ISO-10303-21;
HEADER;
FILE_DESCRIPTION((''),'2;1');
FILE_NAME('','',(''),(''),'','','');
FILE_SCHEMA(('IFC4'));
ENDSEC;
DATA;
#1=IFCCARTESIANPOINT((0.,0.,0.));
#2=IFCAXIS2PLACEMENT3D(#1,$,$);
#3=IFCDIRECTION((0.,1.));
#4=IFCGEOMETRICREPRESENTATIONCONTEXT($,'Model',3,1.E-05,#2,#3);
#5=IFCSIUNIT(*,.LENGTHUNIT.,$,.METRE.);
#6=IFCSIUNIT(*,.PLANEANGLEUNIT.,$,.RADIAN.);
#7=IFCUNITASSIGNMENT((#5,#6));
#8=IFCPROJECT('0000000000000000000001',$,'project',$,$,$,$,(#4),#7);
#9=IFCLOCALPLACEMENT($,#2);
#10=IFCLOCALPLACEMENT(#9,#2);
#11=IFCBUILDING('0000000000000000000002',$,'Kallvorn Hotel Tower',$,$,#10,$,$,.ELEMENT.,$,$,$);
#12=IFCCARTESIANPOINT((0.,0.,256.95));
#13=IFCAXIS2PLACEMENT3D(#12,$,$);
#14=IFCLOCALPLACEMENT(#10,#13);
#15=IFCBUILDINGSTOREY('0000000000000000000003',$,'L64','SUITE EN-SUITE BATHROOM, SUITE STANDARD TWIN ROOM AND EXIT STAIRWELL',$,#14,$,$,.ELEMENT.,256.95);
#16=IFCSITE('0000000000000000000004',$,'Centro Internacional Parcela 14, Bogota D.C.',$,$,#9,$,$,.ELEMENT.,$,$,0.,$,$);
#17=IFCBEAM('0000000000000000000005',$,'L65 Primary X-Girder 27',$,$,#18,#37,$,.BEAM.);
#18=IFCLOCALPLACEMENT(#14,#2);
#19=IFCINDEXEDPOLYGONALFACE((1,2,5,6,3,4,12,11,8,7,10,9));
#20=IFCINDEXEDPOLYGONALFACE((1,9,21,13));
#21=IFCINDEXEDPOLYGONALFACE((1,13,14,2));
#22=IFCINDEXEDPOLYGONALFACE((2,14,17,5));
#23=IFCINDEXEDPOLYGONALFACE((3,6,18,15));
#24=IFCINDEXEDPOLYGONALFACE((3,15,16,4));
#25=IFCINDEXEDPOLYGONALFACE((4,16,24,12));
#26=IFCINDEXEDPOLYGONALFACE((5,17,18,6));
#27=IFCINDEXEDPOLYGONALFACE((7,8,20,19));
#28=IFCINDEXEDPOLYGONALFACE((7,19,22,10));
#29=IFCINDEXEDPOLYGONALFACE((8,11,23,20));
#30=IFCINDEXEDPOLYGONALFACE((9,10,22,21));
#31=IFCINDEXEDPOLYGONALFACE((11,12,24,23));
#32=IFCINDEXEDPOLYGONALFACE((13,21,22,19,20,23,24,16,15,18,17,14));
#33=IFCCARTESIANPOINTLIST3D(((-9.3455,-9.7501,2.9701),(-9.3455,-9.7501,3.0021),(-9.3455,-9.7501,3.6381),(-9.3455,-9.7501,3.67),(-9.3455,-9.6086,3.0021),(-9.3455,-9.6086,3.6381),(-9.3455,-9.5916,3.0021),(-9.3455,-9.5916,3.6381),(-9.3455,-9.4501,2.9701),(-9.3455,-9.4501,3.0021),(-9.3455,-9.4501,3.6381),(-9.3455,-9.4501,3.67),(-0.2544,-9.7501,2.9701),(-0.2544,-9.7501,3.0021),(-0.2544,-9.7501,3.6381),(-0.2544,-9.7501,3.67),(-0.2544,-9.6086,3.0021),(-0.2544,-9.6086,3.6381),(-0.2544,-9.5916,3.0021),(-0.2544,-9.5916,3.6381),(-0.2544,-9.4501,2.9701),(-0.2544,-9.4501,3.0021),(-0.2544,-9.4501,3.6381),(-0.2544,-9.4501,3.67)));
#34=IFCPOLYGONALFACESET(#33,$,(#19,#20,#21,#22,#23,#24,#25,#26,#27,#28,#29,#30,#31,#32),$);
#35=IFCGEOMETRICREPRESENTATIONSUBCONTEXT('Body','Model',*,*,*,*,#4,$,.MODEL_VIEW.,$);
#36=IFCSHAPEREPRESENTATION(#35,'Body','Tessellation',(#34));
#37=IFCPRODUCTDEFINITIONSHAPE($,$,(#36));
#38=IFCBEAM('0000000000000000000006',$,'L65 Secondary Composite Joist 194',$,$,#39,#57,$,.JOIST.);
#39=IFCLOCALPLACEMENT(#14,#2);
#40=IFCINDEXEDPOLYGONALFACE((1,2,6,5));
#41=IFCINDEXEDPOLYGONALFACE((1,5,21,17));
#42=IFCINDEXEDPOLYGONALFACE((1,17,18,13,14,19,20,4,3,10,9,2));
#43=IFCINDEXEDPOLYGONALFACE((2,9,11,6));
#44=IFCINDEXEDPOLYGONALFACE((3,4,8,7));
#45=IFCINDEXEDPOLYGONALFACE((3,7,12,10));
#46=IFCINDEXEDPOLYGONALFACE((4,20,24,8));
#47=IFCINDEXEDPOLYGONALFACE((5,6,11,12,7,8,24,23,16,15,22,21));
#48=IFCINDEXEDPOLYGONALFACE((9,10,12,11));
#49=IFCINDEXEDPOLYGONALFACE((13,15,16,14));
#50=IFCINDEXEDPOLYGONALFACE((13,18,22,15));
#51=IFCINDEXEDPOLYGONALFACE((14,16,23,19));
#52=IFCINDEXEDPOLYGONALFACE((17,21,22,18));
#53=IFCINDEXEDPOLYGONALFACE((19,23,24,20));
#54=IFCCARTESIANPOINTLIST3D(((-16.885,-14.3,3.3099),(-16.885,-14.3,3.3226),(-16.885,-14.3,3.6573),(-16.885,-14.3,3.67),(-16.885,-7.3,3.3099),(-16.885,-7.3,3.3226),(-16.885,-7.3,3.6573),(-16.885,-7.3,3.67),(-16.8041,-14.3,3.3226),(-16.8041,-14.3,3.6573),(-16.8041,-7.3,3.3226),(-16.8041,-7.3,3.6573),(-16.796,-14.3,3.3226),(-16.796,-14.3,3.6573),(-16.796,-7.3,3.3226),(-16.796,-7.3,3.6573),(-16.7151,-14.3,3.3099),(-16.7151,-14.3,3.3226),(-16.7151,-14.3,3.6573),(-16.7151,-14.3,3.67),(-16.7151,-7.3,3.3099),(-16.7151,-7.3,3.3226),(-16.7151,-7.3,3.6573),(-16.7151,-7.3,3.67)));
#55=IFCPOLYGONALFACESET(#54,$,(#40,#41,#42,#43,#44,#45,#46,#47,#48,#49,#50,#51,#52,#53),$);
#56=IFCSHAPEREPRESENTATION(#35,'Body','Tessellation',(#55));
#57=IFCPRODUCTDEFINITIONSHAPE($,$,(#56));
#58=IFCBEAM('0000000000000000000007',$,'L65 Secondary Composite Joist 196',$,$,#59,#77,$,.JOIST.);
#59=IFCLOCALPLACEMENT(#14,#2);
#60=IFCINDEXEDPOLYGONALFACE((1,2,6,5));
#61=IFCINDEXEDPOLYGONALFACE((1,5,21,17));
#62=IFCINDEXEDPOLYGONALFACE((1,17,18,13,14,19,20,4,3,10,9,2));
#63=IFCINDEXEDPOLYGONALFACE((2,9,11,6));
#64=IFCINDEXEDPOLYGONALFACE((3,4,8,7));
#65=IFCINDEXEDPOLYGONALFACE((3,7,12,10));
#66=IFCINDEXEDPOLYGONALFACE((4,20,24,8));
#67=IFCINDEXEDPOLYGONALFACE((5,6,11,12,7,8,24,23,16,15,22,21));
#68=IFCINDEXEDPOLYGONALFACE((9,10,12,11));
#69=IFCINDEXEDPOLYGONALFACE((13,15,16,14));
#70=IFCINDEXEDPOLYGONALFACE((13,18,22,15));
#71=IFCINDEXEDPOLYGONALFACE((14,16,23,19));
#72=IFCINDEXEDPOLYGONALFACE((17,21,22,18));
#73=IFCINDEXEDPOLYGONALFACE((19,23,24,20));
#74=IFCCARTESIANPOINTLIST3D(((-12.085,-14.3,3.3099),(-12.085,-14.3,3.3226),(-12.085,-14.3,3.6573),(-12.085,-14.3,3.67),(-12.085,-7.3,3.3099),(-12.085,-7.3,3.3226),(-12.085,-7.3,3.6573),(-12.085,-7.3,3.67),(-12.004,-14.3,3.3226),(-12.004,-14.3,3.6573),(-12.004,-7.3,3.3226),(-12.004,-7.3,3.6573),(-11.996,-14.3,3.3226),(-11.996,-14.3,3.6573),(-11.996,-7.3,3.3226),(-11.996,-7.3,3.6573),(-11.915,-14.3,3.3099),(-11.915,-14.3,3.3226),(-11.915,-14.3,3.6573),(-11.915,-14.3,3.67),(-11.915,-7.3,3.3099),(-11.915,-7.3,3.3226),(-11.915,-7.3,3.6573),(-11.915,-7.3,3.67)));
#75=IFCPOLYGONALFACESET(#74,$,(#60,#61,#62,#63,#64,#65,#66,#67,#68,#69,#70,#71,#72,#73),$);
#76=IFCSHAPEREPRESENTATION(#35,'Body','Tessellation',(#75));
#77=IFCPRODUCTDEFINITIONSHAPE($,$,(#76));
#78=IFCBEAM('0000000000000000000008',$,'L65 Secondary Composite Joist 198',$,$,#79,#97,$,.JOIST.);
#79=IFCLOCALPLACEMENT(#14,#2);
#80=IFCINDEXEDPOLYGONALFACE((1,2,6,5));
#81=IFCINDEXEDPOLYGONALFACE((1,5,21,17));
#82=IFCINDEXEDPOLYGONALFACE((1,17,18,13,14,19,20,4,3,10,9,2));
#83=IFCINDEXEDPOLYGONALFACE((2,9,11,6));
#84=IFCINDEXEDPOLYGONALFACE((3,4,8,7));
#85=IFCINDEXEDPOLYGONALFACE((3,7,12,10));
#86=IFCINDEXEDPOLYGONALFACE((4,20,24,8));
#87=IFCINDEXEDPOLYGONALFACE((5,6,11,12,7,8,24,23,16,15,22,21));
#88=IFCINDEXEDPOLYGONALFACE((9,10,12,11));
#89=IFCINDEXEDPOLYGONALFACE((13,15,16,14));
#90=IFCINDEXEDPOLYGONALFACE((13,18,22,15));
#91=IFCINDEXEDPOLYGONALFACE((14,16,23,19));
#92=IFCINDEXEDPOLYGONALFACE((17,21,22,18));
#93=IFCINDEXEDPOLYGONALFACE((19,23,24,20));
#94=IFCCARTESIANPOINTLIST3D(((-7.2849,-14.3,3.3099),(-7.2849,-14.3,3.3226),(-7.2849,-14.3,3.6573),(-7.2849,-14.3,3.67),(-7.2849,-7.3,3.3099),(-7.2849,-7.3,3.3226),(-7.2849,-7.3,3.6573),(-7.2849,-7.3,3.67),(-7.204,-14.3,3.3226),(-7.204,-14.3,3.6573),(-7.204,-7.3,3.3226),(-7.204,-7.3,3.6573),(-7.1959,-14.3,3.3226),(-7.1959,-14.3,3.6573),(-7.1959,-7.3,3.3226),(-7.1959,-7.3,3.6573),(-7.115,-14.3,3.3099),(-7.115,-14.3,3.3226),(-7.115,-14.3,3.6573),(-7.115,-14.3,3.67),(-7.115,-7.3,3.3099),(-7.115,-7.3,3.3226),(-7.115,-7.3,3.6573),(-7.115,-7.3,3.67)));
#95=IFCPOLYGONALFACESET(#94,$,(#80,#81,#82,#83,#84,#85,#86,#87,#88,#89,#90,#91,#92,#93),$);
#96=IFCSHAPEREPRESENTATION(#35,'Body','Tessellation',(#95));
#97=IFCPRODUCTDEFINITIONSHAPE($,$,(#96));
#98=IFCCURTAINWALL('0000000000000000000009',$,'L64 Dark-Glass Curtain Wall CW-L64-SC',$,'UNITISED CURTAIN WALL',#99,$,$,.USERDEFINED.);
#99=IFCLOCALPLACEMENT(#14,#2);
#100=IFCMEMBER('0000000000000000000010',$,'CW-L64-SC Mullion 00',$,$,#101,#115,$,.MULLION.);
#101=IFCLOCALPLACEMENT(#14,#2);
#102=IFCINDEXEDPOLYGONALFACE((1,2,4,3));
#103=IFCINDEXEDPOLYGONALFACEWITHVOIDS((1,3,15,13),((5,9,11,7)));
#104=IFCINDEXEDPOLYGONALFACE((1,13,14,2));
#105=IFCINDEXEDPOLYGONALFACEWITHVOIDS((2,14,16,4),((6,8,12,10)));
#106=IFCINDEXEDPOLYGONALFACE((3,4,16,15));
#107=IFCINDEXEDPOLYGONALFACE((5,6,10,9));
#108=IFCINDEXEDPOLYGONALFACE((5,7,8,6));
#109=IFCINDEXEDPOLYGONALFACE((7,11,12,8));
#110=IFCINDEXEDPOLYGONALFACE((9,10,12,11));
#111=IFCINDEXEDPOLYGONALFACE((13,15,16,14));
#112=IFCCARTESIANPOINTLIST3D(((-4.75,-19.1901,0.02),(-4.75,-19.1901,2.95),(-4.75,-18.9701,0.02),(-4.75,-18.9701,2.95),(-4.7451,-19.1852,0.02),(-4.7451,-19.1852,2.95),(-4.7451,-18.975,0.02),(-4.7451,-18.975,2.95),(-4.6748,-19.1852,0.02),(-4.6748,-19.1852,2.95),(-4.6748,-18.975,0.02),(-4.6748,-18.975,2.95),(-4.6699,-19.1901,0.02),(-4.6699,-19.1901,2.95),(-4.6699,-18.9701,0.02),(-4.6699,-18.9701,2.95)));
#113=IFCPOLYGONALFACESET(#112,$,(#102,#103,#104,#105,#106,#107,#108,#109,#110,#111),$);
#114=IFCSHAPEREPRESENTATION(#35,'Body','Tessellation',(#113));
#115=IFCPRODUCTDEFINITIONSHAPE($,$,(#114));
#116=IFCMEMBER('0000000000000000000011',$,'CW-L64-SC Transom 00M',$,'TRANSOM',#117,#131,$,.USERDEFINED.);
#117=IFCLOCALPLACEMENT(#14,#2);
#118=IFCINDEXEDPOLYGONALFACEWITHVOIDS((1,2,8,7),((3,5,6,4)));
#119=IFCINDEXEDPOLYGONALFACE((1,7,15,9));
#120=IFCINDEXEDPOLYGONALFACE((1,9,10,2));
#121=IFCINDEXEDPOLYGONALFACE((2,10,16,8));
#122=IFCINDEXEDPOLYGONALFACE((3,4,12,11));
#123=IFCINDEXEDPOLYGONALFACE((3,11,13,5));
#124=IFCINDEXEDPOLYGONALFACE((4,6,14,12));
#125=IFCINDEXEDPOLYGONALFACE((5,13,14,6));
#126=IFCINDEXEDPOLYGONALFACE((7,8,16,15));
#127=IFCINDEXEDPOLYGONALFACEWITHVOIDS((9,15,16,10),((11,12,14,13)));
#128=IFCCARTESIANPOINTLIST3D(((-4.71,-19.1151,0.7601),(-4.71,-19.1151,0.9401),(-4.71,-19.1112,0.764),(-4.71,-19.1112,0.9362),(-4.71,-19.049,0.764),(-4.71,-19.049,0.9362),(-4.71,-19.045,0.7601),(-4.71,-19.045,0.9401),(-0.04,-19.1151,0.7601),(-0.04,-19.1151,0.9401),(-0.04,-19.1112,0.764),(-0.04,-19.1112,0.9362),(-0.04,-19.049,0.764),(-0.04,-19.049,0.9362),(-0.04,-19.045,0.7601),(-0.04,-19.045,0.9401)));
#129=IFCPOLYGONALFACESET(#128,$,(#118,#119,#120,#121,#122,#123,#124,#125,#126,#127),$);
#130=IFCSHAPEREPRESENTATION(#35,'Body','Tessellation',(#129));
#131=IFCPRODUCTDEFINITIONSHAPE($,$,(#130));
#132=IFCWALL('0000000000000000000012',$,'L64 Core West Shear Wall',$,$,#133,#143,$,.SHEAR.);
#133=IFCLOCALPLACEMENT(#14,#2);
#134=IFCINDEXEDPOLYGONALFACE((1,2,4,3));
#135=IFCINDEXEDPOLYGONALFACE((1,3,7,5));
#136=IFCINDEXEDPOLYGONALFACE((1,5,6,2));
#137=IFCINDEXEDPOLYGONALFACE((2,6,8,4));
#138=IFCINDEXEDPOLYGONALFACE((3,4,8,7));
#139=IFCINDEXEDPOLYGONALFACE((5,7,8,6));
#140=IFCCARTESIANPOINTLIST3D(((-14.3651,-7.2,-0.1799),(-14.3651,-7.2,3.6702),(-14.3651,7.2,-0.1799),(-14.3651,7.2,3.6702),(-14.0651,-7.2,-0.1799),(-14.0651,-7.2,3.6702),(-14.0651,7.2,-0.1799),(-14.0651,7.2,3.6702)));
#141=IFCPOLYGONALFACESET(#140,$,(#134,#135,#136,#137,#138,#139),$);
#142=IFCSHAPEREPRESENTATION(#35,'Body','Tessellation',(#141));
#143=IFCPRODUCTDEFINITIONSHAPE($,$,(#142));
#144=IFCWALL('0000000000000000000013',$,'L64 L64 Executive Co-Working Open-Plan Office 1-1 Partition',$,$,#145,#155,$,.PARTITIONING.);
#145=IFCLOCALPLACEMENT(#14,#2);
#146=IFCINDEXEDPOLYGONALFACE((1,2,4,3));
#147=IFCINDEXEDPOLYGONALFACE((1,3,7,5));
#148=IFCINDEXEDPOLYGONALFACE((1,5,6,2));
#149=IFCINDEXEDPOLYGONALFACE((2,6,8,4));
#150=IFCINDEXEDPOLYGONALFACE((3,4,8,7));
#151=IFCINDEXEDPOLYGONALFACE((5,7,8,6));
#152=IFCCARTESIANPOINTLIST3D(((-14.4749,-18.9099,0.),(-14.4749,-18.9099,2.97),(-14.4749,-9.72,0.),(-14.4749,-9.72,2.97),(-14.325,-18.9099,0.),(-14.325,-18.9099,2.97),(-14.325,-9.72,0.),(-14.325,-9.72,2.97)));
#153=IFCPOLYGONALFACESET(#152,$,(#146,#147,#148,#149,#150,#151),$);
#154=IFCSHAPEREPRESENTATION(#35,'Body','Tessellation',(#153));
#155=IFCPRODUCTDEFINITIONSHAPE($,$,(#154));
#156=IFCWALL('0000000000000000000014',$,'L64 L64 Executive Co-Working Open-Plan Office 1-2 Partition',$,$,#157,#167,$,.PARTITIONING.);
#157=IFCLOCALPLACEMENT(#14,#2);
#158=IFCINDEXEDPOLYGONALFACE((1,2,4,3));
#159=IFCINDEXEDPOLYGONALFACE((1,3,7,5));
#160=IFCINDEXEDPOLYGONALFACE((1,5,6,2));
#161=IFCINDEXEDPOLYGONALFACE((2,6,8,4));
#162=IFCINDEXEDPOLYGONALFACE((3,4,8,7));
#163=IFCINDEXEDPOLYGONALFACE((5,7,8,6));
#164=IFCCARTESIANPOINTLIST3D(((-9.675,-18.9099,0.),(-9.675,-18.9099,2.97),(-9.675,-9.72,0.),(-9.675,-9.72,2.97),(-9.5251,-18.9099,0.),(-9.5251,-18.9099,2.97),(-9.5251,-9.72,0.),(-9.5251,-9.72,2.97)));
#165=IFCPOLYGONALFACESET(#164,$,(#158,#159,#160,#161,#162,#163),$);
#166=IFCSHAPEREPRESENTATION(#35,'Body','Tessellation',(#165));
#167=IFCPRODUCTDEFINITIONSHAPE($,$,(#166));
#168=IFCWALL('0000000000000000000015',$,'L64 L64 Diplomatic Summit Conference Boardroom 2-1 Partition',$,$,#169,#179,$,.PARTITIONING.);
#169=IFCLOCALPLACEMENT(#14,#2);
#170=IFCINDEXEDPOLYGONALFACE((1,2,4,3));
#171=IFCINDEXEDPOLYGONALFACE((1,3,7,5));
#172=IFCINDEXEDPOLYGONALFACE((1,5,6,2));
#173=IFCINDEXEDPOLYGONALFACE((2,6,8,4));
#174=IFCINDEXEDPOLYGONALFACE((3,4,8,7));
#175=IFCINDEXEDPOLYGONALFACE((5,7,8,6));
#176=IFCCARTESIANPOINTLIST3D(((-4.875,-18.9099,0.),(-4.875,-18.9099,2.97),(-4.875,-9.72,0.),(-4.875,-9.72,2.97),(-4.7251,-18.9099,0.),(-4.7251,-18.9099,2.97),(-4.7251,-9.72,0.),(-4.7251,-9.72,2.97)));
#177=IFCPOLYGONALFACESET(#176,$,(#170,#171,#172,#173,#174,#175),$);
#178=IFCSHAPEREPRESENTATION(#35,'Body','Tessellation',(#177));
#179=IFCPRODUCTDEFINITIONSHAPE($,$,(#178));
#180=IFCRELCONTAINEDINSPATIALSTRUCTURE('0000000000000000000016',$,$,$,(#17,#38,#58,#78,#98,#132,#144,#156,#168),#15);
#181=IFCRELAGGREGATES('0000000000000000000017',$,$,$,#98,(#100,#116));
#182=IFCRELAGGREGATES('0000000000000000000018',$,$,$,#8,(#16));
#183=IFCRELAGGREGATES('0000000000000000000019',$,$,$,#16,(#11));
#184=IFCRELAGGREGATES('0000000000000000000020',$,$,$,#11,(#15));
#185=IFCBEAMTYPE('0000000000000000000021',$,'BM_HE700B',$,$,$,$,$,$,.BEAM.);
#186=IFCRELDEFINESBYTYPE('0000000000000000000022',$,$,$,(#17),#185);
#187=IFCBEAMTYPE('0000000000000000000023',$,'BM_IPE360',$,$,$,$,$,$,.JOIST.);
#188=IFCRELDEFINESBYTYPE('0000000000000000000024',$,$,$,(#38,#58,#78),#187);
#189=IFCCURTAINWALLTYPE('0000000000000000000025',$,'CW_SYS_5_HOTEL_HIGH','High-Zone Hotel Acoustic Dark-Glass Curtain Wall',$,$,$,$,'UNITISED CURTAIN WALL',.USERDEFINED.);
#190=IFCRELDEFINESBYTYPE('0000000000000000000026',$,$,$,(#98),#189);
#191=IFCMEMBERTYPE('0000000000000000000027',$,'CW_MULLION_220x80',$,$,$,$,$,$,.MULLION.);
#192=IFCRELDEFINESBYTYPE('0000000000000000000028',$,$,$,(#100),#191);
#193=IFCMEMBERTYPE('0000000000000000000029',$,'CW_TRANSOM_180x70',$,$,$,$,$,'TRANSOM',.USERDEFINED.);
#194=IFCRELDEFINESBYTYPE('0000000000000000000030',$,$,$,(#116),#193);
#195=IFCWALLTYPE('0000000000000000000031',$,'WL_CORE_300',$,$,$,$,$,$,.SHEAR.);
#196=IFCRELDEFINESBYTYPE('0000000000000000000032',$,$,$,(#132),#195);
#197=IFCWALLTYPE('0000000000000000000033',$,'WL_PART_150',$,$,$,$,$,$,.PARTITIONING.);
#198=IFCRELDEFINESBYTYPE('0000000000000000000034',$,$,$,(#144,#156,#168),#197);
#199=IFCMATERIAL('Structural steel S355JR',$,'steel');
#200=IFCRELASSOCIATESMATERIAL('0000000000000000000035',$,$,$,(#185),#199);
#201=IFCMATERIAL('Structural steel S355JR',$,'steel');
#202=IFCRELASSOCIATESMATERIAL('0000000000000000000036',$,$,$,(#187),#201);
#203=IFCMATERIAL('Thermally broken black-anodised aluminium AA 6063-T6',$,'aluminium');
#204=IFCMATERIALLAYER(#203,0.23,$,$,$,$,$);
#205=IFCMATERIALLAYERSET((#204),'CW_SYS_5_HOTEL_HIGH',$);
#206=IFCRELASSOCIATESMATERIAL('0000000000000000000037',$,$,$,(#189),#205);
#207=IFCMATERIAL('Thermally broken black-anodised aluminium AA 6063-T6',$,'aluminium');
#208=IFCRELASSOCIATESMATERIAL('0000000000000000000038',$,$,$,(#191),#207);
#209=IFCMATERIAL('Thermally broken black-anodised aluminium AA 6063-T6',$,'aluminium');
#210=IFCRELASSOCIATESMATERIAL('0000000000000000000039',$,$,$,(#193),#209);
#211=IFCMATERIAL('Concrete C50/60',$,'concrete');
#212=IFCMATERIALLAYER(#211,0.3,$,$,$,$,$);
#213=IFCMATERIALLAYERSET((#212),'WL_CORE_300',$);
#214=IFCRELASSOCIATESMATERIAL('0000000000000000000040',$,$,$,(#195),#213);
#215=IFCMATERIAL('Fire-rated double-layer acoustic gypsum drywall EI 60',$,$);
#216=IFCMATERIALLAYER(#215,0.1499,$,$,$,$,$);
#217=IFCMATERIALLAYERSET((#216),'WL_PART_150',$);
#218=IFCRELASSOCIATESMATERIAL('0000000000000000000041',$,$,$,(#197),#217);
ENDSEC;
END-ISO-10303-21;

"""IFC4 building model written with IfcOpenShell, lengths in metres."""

from ifc_helpers import new_model, si_unit, direction, frame, frame_2d, origin, origin_2d, place, context, subcontext, project, spatial, rectangle, hollow_rectangle, i_section, extrude, material, layer, layer_set, material_profile, profile_set, type_object, element, aggregate, save


model = new_model("IFC4")

# Units and contexts
model_context = context("Model", 3, precision=1e-05, world=origin(), true_north=direction((0.0, 1.0)))
body_context = subcontext(model_context, "Body", "Model", "MODEL_VIEW")
ifc_project = project(units=[si_unit("LENGTHUNIT", "METRE"), si_unit("PLANEANGLEUNIT", "RADIAN")], contexts=[model_context])

# Site, building, storey
site_placement = place(None, origin())
site = spatial("IfcSite", under=ifc_project, at=site_placement, Name="Centro Internacional Parcela 14, Bogota D.C.", CompositionType="ELEMENT", RefElevation=0.0)
building_placement = place(site_placement, origin())
building = spatial("IfcBuilding", under=site, at=building_placement, Name="Kallvorn Hotel Tower", CompositionType="ELEMENT")
storey_placement = place(building_placement, frame((0.0, 0.0, 256.95)))
storey = spatial("IfcBuildingStorey", under=building, at=storey_placement, Name="L64", Description="SUITE EN-SUITE BATHROOM, SUITE STANDARD TWIN ROOM AND EXIT STAIRWELL", CompositionType="ELEMENT", Elevation=256.95)

# Beams
ifc_material_1 = material(Name="Structural steel S355JR", Category="steel")
ifc_material_profile_1 = material_profile(ifc_material_1, i_section(OverallWidth=0.3, OverallDepth=0.7, WebThickness=0.0171, FlangeThickness=0.032, at=origin_2d()), Name="HE 700 B")
ifc_profile_set_1 = profile_set([ifc_material_profile_1], Name="Structural steel S355JR")
beam_type_1 = type_object("IfcBeamType", Name="BM_HE700B", PredefinedType="BEAM", material=ifc_profile_set_1)
for number, where, z_axis, x_axis, name in (
    (1, (-9.3455, -9.6001, 3.3201), (1.0, 0.0, 0.0), (0.0, 1.0, 0.0), "L65 Primary X-Girder 27"),
):
    element("IfcBeam", number, at=place(storey_placement, frame(where, z_axis=z_axis, x_axis=x_axis)), inside=storey, type_object=beam_type_1, Name=name, PredefinedType="BEAM", context=body_context, shape_type="SweptSolid", body=[
        extrude(i_section(OverallWidth=0.3, OverallDepth=0.7, WebThickness=0.0171, FlangeThickness=0.032, at=origin_2d()), origin(), (0.0, 0.0, 1.0), 9.0911),
    ])
ifc_material_2 = material(Name="Structural steel S355JR", Category="steel")
ifc_material_profile_2 = material_profile(ifc_material_2, i_section(OverallWidth=0.1699, OverallDepth=0.3601, WebThickness=0.0081, FlangeThickness=0.0127, at=origin_2d()), Name="IPE 360")
ifc_profile_set_2 = profile_set([ifc_material_profile_2], Name="Structural steel S355JR")
beam_type_2 = type_object("IfcBeamType", Name="BM_IPE360", PredefinedType="JOIST", material=ifc_profile_set_2)
for number, where, z_axis, x_axis, name in (
    (2, (-16.8, -14.3, 3.49), (0.0, 1.0, 0.0), (-1.0, 0.0, 0.0), "L65 Secondary Composite Joist 194"),
    (3, (-12.0, -14.3, 3.49), (0.0, 1.0, 0.0), (-1.0, 0.0, 0.0), "L65 Secondary Composite Joist 196"),
    (4, (-7.2, -14.3, 3.49), (0.0, 1.0, 0.0), (-1.0, 0.0, 0.0), "L65 Secondary Composite Joist 198"),
):
    element("IfcBeam", number, at=place(storey_placement, frame(where, z_axis=z_axis, x_axis=x_axis)), inside=storey, type_object=beam_type_2, Name=name, PredefinedType="JOIST", context=body_context, shape_type="SweptSolid", body=[
        extrude(i_section(OverallWidth=0.1699, OverallDepth=0.3601, WebThickness=0.0081, FlangeThickness=0.0127, at=origin_2d()), origin(), (0.0, 0.0, 1.0), 7.0),
    ])

# Curtain wall, members
ifc_material_3 = material(Name="Thermally broken black-anodised aluminium AA 6063-T6", Category="aluminium")
ifc_layer_1 = layer(ifc_material_3, 0.23)
ifc_layer_set_1 = layer_set([ifc_layer_1], Name="CW_SYS_5_HOTEL_HIGH")
curtain_wall_type = type_object("IfcCurtainWallType", Name="CW_SYS_5_HOTEL_HIGH", Description="High-Zone Hotel Acoustic Dark-Glass Curtain Wall", ElementType="UNITISED CURTAIN WALL", PredefinedType="USERDEFINED", material=ifc_layer_set_1)
curtain_wall_placement = place(storey_placement, origin())
curtain_wall = element("IfcCurtainWall", 5, at=curtain_wall_placement, inside=storey, type_object=curtain_wall_type, Name="L64 Dark-Glass Curtain Wall CW-L64-SC", ObjectType="UNITISED CURTAIN WALL", PredefinedType="USERDEFINED")
ifc_material_4 = material(Name="Thermally broken black-anodised aluminium AA 6063-T6", Category="aluminium")
ifc_material_profile_3 = material_profile(ifc_material_4, hollow_rectangle(XDim=0.0801, YDim=0.22, WallThickness=0.0049, at=origin_2d()), Name="MUL 220x80")
ifc_profile_set_3 = profile_set([ifc_material_profile_3], Name="Thermally broken black-anodised aluminium AA 6063-T6")
member_type_1 = type_object("IfcMemberType", Name="CW_MULLION_220x80", PredefinedType="MULLION", material=ifc_profile_set_3)
member_1_placement = place(storey_placement, frame((-4.71, -19.0801, 0.02), z_axis=(0.0, 0.0, 1.0), x_axis=(1.0, 0.0, 0.0)))
member_1 = element("IfcMember", 6, at=member_1_placement, type_object=member_type_1, Name="CW-L64-SC Mullion 00", PredefinedType="MULLION", context=body_context, shape_type="SweptSolid", body=[
    extrude(hollow_rectangle(XDim=0.0801, YDim=0.22, WallThickness=0.0049, at=origin_2d()), origin(), (0.0, 0.0, 1.0), 2.9299),
])
ifc_material_5 = material(Name="Thermally broken black-anodised aluminium AA 6063-T6", Category="aluminium")
ifc_material_profile_4 = material_profile(ifc_material_5, hollow_rectangle(XDim=0.0701, YDim=0.1799, WallThickness=0.0039, at=origin_2d()), Name="TRN 180x70")
ifc_profile_set_4 = profile_set([ifc_material_profile_4], Name="Thermally broken black-anodised aluminium AA 6063-T6")
member_type_2 = type_object("IfcMemberType", Name="CW_TRANSOM_180x70", ElementType="TRANSOM", PredefinedType="USERDEFINED", material=ifc_profile_set_4)
member_2_placement = place(storey_placement, frame((-4.71, -19.0801, 0.8501), z_axis=(1.0, 0.0, 0.0), x_axis=(0.0, 1.0, 0.0)))
member_2 = element("IfcMember", 7, at=member_2_placement, type_object=member_type_2, Name="CW-L64-SC Transom 00M", ObjectType="TRANSOM", PredefinedType="USERDEFINED", context=body_context, shape_type="SweptSolid", body=[
    extrude(hollow_rectangle(XDim=0.0701, YDim=0.1799, WallThickness=0.0039, at=origin_2d()), origin(), (0.0, 0.0, 1.0), 4.6699),
])
aggregate(curtain_wall, [member_1, member_2])

# Walls
ifc_material_6 = material(Name="Concrete C50/60", Category="concrete")
ifc_layer_2 = layer(ifc_material_6, 0.3)
ifc_layer_set_2 = layer_set([ifc_layer_2], Name="WL_CORE_300")
wall_type_1 = type_object("IfcWallType", Name="WL_CORE_300", PredefinedType="SHEAR", material=ifc_layer_set_2)
wall_placement = place(storey_placement, frame((-14.2151, -7.2, -0.1799), z_axis=(0.0, 0.0, 1.0), x_axis=(0.0, 1.0, 0.0)))
element("IfcWall", 8, at=wall_placement, inside=storey, type_object=wall_type_1, Name="L64 Core West Shear Wall", PredefinedType="SHEAR", context=body_context, shape_type="SweptSolid", body=[
    extrude(rectangle(XDim=14.3999, YDim=0.3, at=frame_2d((7.2, 0.0))), origin(), (0.0, 0.0, 1.0), 3.8501),
])
ifc_material_7 = material(Name="Fire-rated double-layer acoustic gypsum drywall EI 60")
ifc_layer_3 = layer(ifc_material_7, 0.1499)
ifc_layer_set_3 = layer_set([ifc_layer_3], Name="WL_PART_150")
wall_type_2 = type_object("IfcWallType", Name="WL_PART_150", PredefinedType="PARTITIONING", material=ifc_layer_set_3)
for number, where, z_axis, x_axis, name in (
    (9, (-14.3999, -18.9099, 0.0), (0.0, 0.0, 1.0), (0.0, 1.0, 0.0), "L64 L64 Executive Co-Working Open-Plan Office 1-1 Partition"),
    (10, (-9.6001, -18.9099, 0.0), (0.0, 0.0, 1.0), (0.0, 1.0, 0.0), "L64 L64 Executive Co-Working Open-Plan Office 1-2 Partition"),
    (11, (-4.8, -18.9099, 0.0), (0.0, 0.0, 1.0), (0.0, 1.0, 0.0), "L64 L64 Diplomatic Summit Conference Boardroom 2-1 Partition"),
):
    element("IfcWall", number, at=place(storey_placement, frame(where, z_axis=z_axis, x_axis=x_axis)), inside=storey, type_object=wall_type_2, Name=name, PredefinedType="PARTITIONING", context=body_context, shape_type="SweptSolid", body=[
        extrude(rectangle(XDim=9.1899, YDim=0.1499, at=frame_2d((4.595, 0.0))), origin(), (0.0, 0.0, 1.0), 2.97),
    ])

save(model, "model.ifc")
